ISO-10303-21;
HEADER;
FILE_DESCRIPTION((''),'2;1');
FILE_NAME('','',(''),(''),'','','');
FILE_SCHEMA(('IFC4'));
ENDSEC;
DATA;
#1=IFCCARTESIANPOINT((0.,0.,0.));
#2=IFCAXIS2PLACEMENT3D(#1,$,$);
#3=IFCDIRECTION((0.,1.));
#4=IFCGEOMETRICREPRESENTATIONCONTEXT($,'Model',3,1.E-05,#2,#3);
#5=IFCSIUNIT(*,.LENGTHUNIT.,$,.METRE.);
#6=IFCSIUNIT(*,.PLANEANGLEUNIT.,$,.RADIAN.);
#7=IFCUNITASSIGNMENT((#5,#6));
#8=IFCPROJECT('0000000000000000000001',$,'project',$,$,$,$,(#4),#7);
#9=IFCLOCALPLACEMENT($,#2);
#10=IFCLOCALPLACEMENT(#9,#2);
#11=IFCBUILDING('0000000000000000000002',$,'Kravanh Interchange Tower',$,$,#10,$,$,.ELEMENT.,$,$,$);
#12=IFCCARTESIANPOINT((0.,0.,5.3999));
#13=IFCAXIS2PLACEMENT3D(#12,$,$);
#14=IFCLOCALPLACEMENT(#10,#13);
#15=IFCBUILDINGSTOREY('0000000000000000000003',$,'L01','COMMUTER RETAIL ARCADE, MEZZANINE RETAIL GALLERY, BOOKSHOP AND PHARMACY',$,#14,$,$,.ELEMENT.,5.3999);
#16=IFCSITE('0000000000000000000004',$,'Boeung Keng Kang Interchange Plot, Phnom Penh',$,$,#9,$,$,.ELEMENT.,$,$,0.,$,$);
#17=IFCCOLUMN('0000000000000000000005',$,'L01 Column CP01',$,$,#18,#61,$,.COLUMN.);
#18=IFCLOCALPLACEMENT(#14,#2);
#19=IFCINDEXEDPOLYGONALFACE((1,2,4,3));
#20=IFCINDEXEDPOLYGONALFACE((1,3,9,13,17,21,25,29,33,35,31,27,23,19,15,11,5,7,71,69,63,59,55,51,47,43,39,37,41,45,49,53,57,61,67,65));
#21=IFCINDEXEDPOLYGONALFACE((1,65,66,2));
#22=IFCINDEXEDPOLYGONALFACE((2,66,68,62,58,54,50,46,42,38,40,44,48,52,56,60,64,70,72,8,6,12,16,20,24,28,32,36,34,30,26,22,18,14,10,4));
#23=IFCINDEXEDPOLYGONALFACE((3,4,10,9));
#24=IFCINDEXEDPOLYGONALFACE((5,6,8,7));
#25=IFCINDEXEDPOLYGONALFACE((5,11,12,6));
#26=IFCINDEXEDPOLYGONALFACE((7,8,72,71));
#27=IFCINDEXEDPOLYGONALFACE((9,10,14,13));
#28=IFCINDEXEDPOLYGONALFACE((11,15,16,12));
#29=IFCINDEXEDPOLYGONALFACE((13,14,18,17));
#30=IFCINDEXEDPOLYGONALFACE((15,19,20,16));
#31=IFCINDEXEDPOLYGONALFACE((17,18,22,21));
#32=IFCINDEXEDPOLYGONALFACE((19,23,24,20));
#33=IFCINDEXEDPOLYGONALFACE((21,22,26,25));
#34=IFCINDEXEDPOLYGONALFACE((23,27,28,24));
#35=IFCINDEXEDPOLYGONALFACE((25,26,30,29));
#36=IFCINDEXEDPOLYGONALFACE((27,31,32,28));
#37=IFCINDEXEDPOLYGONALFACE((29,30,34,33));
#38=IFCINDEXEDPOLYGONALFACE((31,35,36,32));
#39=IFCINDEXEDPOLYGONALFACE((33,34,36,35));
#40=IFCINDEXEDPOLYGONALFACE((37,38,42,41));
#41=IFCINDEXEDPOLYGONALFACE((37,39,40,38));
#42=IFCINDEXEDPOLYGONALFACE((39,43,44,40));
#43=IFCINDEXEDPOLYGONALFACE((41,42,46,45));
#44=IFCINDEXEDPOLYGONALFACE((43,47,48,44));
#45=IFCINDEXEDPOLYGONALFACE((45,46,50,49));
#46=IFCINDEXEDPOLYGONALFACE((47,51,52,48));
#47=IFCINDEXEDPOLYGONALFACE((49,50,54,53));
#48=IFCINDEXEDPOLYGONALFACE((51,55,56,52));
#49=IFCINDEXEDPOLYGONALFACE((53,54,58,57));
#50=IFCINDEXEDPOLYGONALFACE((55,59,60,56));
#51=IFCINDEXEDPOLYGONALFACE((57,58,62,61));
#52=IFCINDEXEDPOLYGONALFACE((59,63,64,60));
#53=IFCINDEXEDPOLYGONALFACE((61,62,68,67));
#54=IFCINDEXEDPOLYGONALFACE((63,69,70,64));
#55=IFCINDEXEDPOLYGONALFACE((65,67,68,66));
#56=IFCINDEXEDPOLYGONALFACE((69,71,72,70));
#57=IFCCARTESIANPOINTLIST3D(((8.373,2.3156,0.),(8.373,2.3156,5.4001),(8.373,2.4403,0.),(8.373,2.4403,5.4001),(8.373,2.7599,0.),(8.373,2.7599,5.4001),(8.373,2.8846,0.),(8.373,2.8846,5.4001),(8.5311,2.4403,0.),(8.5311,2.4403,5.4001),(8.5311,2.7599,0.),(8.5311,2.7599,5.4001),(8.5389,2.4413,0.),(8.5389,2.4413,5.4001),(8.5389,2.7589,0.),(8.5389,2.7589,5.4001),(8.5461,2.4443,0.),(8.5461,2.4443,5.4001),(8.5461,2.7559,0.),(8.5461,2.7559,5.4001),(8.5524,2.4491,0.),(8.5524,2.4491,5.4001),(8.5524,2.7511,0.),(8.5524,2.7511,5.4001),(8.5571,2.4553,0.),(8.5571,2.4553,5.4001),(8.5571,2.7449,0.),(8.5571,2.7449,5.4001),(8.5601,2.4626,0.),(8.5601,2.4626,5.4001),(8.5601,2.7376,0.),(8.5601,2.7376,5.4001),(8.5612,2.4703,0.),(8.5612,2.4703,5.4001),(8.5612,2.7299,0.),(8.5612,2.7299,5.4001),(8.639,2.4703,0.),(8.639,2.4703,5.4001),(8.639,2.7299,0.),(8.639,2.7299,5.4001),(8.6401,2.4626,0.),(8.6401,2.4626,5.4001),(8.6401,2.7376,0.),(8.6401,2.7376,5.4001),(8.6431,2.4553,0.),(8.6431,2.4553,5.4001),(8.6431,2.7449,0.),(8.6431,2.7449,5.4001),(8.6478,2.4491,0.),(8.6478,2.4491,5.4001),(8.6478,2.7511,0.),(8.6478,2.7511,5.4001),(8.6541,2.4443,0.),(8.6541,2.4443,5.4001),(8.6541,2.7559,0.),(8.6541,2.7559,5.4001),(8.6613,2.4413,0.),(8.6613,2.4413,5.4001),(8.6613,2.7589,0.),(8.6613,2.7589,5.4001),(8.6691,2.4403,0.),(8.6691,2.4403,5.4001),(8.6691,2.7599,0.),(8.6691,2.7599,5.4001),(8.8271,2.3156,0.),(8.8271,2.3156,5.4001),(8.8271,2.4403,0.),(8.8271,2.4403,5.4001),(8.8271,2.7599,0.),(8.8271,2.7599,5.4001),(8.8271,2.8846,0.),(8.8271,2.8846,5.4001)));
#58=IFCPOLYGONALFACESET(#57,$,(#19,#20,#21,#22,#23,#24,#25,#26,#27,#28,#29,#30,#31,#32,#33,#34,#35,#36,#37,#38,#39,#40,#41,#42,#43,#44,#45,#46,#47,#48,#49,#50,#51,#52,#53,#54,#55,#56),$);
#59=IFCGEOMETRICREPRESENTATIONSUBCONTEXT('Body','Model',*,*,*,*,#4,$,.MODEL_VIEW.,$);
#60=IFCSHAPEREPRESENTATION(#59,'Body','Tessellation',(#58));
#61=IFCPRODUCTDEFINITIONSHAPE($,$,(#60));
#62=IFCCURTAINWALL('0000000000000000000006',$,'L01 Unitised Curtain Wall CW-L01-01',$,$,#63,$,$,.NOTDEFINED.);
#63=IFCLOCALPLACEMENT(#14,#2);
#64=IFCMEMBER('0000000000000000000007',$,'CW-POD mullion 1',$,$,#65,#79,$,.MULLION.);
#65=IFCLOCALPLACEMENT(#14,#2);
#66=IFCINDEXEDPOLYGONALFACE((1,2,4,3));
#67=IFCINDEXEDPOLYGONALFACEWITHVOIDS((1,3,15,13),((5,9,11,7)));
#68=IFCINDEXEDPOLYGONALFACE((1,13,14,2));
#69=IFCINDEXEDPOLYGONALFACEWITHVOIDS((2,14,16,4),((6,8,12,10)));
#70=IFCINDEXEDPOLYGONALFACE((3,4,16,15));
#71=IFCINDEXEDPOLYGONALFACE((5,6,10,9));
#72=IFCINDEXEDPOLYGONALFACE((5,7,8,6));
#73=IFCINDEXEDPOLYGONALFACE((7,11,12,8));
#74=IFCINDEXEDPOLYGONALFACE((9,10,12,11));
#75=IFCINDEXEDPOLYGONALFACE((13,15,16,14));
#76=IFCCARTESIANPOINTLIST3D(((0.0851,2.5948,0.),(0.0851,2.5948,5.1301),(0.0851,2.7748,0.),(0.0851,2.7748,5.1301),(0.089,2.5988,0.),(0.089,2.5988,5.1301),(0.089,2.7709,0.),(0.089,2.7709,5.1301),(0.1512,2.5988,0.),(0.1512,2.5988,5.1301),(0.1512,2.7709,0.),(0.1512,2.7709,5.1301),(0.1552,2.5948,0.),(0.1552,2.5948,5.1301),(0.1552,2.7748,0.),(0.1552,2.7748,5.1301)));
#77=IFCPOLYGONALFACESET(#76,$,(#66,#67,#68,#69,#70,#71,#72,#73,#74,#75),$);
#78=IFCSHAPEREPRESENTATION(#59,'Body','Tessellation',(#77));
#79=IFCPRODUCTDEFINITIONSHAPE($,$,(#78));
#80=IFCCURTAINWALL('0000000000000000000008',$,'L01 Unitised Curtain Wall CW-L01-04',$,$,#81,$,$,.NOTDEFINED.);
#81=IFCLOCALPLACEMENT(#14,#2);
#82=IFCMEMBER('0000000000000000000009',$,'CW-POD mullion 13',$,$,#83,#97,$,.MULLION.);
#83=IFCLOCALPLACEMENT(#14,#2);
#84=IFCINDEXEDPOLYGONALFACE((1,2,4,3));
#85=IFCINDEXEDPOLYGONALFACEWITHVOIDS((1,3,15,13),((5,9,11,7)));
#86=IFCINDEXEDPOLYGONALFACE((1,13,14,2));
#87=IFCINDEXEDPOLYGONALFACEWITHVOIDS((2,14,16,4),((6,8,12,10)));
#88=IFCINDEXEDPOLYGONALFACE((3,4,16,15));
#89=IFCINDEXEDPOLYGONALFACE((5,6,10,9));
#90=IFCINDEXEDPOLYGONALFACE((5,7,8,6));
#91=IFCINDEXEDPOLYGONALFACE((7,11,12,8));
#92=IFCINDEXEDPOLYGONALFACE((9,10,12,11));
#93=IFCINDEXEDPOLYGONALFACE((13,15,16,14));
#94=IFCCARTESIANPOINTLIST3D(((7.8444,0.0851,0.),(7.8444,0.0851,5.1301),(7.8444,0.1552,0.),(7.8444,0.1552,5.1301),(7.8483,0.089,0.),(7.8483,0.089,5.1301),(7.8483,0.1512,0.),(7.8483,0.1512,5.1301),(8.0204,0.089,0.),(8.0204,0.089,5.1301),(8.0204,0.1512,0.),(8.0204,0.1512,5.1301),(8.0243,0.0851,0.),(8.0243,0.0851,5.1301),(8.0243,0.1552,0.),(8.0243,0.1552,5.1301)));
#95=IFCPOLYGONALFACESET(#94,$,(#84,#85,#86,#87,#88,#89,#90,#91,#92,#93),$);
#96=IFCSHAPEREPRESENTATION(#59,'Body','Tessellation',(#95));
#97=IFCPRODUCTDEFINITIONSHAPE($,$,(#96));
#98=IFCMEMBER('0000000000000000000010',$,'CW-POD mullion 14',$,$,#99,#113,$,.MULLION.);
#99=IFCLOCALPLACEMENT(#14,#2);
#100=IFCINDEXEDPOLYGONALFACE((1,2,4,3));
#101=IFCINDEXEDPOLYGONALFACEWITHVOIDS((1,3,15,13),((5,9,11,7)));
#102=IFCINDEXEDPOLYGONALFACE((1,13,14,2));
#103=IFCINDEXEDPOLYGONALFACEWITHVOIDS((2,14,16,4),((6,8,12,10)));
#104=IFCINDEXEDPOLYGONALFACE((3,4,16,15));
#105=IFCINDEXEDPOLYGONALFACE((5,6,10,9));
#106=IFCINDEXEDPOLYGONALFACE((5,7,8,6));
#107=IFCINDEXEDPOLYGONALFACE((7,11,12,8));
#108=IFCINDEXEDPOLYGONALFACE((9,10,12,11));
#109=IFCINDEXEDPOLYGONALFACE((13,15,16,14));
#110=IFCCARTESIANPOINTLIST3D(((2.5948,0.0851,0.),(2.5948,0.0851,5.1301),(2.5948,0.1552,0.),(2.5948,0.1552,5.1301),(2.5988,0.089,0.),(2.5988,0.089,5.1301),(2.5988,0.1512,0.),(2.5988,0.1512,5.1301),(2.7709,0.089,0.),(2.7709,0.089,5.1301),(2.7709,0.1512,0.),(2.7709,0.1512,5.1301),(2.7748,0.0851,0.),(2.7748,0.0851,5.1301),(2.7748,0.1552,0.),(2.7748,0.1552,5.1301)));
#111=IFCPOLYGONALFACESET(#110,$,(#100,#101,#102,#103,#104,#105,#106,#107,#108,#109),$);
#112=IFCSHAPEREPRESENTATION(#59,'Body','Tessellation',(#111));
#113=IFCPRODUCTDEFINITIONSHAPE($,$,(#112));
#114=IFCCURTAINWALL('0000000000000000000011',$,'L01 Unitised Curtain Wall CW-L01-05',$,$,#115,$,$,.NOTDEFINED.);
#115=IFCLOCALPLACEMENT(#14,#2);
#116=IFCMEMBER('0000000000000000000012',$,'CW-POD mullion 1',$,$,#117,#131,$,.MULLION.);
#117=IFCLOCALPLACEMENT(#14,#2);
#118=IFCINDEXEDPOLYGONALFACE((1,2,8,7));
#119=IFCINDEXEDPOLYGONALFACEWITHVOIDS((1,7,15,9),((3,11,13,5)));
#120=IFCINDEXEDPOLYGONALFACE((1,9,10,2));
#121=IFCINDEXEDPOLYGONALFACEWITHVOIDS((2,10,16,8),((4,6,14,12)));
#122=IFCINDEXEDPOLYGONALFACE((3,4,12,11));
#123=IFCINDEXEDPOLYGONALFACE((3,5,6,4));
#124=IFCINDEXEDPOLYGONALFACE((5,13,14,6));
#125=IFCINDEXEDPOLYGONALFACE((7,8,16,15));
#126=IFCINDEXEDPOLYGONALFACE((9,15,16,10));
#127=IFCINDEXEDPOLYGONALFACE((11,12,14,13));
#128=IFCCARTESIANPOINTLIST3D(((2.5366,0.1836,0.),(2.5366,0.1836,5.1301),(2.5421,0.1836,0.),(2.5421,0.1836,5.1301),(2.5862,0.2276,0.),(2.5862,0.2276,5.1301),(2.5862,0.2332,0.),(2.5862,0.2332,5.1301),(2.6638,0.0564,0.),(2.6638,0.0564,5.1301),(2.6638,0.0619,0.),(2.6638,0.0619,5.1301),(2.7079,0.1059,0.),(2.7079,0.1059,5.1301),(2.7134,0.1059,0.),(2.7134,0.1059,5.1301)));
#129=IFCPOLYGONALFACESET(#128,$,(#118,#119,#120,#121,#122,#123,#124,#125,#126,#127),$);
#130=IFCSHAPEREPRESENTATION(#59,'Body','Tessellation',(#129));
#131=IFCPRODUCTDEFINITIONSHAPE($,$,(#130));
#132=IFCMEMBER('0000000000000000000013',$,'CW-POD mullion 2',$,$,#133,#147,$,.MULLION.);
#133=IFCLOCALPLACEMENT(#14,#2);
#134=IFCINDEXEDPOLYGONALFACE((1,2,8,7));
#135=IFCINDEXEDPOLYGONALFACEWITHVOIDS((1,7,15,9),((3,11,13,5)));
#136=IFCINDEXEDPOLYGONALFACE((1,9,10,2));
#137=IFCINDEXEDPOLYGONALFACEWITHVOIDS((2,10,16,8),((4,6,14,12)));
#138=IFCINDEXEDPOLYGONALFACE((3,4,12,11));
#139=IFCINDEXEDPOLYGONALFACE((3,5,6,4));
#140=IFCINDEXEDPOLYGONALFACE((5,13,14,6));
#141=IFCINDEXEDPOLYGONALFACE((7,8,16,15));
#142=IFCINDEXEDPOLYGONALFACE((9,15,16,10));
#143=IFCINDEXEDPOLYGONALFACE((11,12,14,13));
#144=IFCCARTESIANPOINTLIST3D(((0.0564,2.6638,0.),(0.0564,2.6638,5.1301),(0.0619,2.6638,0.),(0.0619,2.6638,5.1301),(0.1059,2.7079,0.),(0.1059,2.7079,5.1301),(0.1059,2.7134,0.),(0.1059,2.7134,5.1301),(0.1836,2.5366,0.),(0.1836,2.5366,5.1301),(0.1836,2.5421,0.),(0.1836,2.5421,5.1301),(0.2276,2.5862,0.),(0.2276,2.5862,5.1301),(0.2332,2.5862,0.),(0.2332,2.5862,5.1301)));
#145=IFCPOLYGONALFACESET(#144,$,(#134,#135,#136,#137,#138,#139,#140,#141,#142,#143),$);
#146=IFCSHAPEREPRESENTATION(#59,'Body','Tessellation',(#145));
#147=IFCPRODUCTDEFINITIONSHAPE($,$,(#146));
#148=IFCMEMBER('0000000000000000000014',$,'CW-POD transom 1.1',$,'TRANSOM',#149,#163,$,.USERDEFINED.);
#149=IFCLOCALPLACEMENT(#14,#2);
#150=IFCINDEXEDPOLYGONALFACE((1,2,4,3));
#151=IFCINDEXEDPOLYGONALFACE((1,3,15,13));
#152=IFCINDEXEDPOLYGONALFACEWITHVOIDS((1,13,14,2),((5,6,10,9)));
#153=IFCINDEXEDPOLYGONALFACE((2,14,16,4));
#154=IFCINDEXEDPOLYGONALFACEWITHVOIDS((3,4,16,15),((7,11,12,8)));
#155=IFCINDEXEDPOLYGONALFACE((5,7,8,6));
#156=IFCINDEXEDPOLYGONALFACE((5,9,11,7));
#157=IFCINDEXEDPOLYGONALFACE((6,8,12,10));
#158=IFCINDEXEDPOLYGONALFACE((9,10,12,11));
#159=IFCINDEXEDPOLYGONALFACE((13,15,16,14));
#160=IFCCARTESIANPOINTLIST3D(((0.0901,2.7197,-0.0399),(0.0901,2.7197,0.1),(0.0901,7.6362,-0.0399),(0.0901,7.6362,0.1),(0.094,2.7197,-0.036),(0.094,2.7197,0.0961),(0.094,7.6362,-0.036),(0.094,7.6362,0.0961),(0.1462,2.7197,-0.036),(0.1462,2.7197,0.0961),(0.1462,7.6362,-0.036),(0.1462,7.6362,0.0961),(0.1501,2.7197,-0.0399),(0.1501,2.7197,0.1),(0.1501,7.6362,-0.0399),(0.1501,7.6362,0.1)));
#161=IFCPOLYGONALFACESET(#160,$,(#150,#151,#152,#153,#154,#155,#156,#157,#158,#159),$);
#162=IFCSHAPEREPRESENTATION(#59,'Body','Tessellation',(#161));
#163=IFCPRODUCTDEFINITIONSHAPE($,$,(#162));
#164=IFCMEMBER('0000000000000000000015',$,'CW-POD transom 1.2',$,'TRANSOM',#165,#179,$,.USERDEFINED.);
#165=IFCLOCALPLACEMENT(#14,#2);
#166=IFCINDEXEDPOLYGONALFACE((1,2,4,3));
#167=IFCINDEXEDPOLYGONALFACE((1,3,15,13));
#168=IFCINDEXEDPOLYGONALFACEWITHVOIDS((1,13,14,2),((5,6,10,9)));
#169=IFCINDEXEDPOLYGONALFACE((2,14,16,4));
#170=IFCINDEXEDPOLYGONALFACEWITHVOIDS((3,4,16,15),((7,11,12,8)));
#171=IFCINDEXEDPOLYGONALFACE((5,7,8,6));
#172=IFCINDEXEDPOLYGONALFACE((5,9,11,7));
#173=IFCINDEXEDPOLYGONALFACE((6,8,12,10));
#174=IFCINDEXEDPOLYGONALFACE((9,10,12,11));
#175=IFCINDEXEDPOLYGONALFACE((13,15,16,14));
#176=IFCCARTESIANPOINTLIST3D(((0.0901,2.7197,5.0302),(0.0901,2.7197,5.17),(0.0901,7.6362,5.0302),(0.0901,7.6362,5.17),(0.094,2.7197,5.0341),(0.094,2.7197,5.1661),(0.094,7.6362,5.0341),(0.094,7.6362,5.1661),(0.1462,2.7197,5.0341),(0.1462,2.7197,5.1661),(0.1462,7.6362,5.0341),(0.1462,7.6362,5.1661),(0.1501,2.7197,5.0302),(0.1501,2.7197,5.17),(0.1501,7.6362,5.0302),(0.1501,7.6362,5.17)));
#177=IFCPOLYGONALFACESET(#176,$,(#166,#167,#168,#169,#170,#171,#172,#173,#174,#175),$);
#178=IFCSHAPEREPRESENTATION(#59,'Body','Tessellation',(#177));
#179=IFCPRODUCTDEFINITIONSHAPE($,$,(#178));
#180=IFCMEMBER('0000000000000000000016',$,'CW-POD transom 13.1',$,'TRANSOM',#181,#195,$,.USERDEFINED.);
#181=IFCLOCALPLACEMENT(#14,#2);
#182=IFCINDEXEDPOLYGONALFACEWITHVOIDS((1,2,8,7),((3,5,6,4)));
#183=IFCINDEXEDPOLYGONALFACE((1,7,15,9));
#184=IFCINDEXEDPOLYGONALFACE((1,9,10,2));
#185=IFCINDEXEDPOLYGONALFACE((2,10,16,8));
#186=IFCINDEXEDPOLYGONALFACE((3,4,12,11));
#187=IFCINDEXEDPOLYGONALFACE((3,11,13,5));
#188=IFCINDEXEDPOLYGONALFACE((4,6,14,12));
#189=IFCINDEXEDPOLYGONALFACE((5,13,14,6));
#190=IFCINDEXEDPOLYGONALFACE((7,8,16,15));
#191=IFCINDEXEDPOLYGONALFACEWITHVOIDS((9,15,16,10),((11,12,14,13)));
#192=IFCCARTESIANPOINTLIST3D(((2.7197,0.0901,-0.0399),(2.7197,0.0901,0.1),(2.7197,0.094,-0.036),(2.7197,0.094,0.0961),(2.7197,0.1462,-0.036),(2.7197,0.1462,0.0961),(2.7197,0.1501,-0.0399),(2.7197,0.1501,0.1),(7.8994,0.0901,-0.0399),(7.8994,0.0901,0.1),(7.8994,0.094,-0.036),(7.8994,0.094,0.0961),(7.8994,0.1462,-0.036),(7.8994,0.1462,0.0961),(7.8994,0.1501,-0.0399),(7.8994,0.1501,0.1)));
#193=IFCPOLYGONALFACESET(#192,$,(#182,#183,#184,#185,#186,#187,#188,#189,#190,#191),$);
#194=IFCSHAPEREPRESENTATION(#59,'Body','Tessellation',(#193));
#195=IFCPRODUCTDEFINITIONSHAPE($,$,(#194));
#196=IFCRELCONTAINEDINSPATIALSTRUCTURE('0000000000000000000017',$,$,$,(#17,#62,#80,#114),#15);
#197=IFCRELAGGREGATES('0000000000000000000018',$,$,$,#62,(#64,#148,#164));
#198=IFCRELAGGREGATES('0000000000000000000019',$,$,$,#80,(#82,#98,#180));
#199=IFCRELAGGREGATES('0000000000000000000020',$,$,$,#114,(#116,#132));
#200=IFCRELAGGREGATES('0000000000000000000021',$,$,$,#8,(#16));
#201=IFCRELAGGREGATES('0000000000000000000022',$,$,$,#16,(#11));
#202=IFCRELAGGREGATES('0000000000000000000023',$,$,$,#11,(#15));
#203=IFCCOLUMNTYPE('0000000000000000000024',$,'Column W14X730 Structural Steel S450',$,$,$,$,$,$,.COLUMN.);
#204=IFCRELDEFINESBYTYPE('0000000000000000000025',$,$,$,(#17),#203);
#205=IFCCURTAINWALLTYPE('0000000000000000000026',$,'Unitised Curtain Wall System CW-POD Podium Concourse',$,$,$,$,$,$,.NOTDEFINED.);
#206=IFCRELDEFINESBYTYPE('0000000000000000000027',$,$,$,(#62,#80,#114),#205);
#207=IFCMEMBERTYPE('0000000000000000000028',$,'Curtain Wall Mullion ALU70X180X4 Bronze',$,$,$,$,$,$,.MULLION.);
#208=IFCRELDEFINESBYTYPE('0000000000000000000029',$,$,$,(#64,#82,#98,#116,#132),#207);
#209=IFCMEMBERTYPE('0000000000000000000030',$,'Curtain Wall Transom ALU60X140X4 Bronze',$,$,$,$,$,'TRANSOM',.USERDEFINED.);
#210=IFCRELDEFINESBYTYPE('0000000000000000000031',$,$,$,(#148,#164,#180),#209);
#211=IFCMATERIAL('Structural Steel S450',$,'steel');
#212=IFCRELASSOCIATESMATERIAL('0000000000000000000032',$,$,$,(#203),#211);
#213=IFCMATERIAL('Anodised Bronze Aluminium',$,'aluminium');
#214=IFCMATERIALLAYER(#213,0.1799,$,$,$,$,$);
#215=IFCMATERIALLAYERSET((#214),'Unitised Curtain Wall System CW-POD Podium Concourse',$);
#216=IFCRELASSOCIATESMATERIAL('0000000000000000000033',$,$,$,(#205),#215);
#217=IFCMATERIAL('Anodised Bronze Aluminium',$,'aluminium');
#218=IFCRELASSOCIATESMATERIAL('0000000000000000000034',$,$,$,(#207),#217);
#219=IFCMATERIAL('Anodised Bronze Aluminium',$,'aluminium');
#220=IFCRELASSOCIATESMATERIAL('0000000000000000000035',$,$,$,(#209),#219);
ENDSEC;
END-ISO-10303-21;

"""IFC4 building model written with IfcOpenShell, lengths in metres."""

from ifc_helpers import new_model, si_unit, direction, frame, origin, origin_2d, place, context, subcontext, project, spatial, hollow_rectangle, i_section, extrude, material, layer, layer_set, material_profile, profile_set, type_object, element, aggregate, save


model = new_model("IFC4")

# Units and contexts
model_context = context("Model", 3, precision=1e-05, world=origin(), true_north=direction((0.0, 1.0)))
body_context = subcontext(model_context, "Body", "Model", "MODEL_VIEW")
ifc_project = project(units=[si_unit("LENGTHUNIT", "METRE"), si_unit("PLANEANGLEUNIT", "RADIAN")], contexts=[model_context])

# Site, building, storey
site_placement = place(None, origin())
site = spatial("IfcSite", under=ifc_project, at=site_placement, Name="Boeung Keng Kang Interchange Plot, Phnom Penh", CompositionType="ELEMENT", RefElevation=0.0)
building_placement = place(site_placement, origin())
building = spatial("IfcBuilding", under=site, at=building_placement, Name="Kravanh Interchange Tower", CompositionType="ELEMENT")
storey_placement = place(building_placement, frame((0.0, 0.0, 5.3999)))
storey = spatial("IfcBuildingStorey", under=building, at=storey_placement, Name="L01", Description="COMMUTER RETAIL ARCADE, MEZZANINE RETAIL GALLERY, BOOKSHOP AND PHARMACY", CompositionType="ELEMENT", Elevation=5.3999)

# Column
ifc_material_1 = material(Name="Structural Steel S450", Category="steel")
ifc_material_profile_1 = material_profile(ifc_material_1, i_section(OverallWidth=0.4541, OverallDepth=0.5691, WebThickness=0.0779, FlangeThickness=0.1248, FilletRadius=0.03, at=origin_2d()), Name="W14X730")
ifc_profile_set_1 = profile_set([ifc_material_profile_1], Name="Structural Steel S450")
column_type = type_object("IfcColumnType", Name="Column W14X730 Structural Steel S450", PredefinedType="COLUMN", material=ifc_profile_set_1)
column_placement = place(storey_placement, frame((8.6001, 2.6001, 0.0), z_axis=(0.0, 0.0, 1.0), x_axis=(1.0, 0.0, 0.0)))
element("IfcColumn", 1, at=column_placement, inside=storey, type_object=column_type, Name="L01 Column CP01", PredefinedType="COLUMN", context=body_context, shape_type="SweptSolid", body=[
    extrude(i_section(OverallWidth=0.4541, OverallDepth=0.5691, WebThickness=0.0779, FlangeThickness=0.1248, FilletRadius=0.03, at=origin_2d()), origin(), (0.0, 0.0, 1.0), 5.4001),
])

# Curtain wall, member
ifc_material_2 = material(Name="Anodised Bronze Aluminium", Category="aluminium")
ifc_layer_1 = layer(ifc_material_2, 0.1799)
ifc_layer_set_1 = layer_set([ifc_layer_1], Name="Unitised Curtain Wall System CW-POD Podium Concourse")
curtain_wall_type = type_object("IfcCurtainWallType", Name="Unitised Curtain Wall System CW-POD Podium Concourse", PredefinedType="NOTDEFINED", material=ifc_layer_set_1)
curtain_wall_1_placement = place(storey_placement, origin())
curtain_wall_1 = element("IfcCurtainWall", 2, at=curtain_wall_1_placement, inside=storey, type_object=curtain_wall_type, Name="L01 Unitised Curtain Wall CW-L01-01", PredefinedType="NOTDEFINED")
ifc_material_3 = material(Name="Anodised Bronze Aluminium", Category="aluminium")
ifc_material_profile_2 = material_profile(ifc_material_3, hollow_rectangle(XDim=0.0701, YDim=0.1799, WallThickness=0.0039, at=origin_2d()), Name="ALU70X180X4")
ifc_profile_set_2 = profile_set([ifc_material_profile_2], Name="Anodised Bronze Aluminium")
member_type_1 = type_object("IfcMemberType", Name="Curtain Wall Mullion ALU70X180X4 Bronze", PredefinedType="MULLION", material=ifc_profile_set_2)
member_1_placement = place(storey_placement, frame((0.1201, 2.6848, 0.0), z_axis=(0.0, 0.0, 1.0), x_axis=(-1.0, 0.0, 0.0)))
member_1 = element("IfcMember", 3, at=member_1_placement, type_object=member_type_1, Name="CW-POD mullion 1", PredefinedType="MULLION", context=body_context, shape_type="SweptSolid", body=[
    extrude(hollow_rectangle(XDim=0.0701, YDim=0.1799, WallThickness=0.0039, at=origin_2d()), origin(), (0.0, 0.0, 1.0), 5.1301),
])

# Curtain walls, members
curtain_wall_2_placement = place(storey_placement, origin())
curtain_wall_2 = element("IfcCurtainWall", 4, at=curtain_wall_2_placement, inside=storey, type_object=curtain_wall_type, Name="L01 Unitised Curtain Wall CW-L01-04", PredefinedType="NOTDEFINED")
member_2_placement = place(storey_placement, frame((7.9343, 0.1201, 0.0), z_axis=(0.0, 0.0, 1.0), x_axis=(0.0, -1.0, 0.0)))
member_2 = element("IfcMember", 5, at=member_2_placement, type_object=member_type_1, Name="CW-POD mullion 13", PredefinedType="MULLION", context=body_context, shape_type="SweptSolid", body=[
    extrude(hollow_rectangle(XDim=0.0701, YDim=0.1799, WallThickness=0.0039, at=origin_2d()), origin(), (0.0, 0.0, 1.0), 5.1301),
])
member_3_placement = place(storey_placement, frame((2.6848, 0.1201, 0.0), z_axis=(0.0, 0.0, 1.0), x_axis=(0.0, -1.0, 0.0)))
member_3 = element("IfcMember", 6, at=member_3_placement, type_object=member_type_1, Name="CW-POD mullion 14", PredefinedType="MULLION", context=body_context, shape_type="SweptSolid", body=[
    extrude(hollow_rectangle(XDim=0.0701, YDim=0.1799, WallThickness=0.0039, at=origin_2d()), origin(), (0.0, 0.0, 1.0), 5.1301),
])
curtain_wall_3_placement = place(storey_placement, origin())
curtain_wall_3 = element("IfcCurtainWall", 7, at=curtain_wall_3_placement, inside=storey, type_object=curtain_wall_type, Name="L01 Unitised Curtain Wall CW-L01-05", PredefinedType="NOTDEFINED")
member_4_placement = place(storey_placement, frame((2.625, 0.1448, 0.0), z_axis=(0.0, 0.0, 1.0), x_axis=(-0.707107, -0.707107, 0.0)))
member_4 = element("IfcMember", 8, at=member_4_placement, type_object=member_type_1, Name="CW-POD mullion 1", PredefinedType="MULLION", context=body_context, shape_type="SweptSolid", body=[
    extrude(hollow_rectangle(XDim=0.0701, YDim=0.1799, WallThickness=0.0039, at=origin_2d()), origin(), (0.0, 0.0, 1.0), 5.1301),
])
member_5_placement = place(storey_placement, frame((0.1448, 2.625, 0.0), z_axis=(0.0, 0.0, 1.0), x_axis=(-0.707107, -0.707107, 0.0)))
member_5 = element("IfcMember", 9, at=member_5_placement, type_object=member_type_1, Name="CW-POD mullion 2", PredefinedType="MULLION", context=body_context, shape_type="SweptSolid", body=[
    extrude(hollow_rectangle(XDim=0.0701, YDim=0.1799, WallThickness=0.0039, at=origin_2d()), origin(), (0.0, 0.0, 1.0), 5.1301),
])

# Members
ifc_material_4 = material(Name="Anodised Bronze Aluminium", Category="aluminium")
ifc_material_profile_3 = material_profile(ifc_material_4, hollow_rectangle(XDim=0.0601, YDim=0.1399, WallThickness=0.0039, at=origin_2d()), Name="ALU60X140X4")
ifc_profile_set_3 = profile_set([ifc_material_profile_3], Name="Anodised Bronze Aluminium")
member_type_2 = type_object("IfcMemberType", Name="Curtain Wall Transom ALU60X140X4 Bronze", ElementType="TRANSOM", PredefinedType="USERDEFINED", material=ifc_profile_set_3)
member_6_placement = place(storey_placement, frame((0.1201, 2.7197, 0.03), z_axis=(0.0, 1.0, 0.0), x_axis=(-1.0, 0.0, 0.0)))
member_6 = element("IfcMember", 10, at=member_6_placement, type_object=member_type_2, Name="CW-POD transom 1.1", ObjectType="TRANSOM", PredefinedType="USERDEFINED", context=body_context, shape_type="SweptSolid", body=[
    extrude(hollow_rectangle(XDim=0.0601, YDim=0.1399, WallThickness=0.0039, at=origin_2d()), origin(), (0.0, 0.0, 1.0), 4.9165),
])
member_7_placement = place(storey_placement, frame((0.1201, 2.7197, 5.1001), z_axis=(0.0, 1.0, 0.0), x_axis=(-1.0, 0.0, 0.0)))
member_7 = element("IfcMember", 11, at=member_7_placement, type_object=member_type_2, Name="CW-POD transom 1.2", ObjectType="TRANSOM", PredefinedType="USERDEFINED", context=body_context, shape_type="SweptSolid", body=[
    extrude(hollow_rectangle(XDim=0.0601, YDim=0.1399, WallThickness=0.0039, at=origin_2d()), origin(), (0.0, 0.0, 1.0), 4.9165),
])
aggregate(curtain_wall_1, [member_1, member_6, member_7])
member_8_placement = place(storey_placement, frame((7.8994, 0.1201, 0.03), z_axis=(-1.0, 0.0, 0.0), x_axis=(0.0, -1.0, 0.0)))
member_8 = element("IfcMember", 12, at=member_8_placement, type_object=member_type_2, Name="CW-POD transom 13.1", ObjectType="TRANSOM", PredefinedType="USERDEFINED", context=body_context, shape_type="SweptSolid", body=[
    extrude(hollow_rectangle(XDim=0.0601, YDim=0.1399, WallThickness=0.0039, at=origin_2d()), origin(), (0.0, 0.0, 1.0), 5.1797),
])

aggregate(curtain_wall_2, [member_2, member_3, member_8])
aggregate(curtain_wall_3, [member_4, member_5])

save(model, "model.ifc")
